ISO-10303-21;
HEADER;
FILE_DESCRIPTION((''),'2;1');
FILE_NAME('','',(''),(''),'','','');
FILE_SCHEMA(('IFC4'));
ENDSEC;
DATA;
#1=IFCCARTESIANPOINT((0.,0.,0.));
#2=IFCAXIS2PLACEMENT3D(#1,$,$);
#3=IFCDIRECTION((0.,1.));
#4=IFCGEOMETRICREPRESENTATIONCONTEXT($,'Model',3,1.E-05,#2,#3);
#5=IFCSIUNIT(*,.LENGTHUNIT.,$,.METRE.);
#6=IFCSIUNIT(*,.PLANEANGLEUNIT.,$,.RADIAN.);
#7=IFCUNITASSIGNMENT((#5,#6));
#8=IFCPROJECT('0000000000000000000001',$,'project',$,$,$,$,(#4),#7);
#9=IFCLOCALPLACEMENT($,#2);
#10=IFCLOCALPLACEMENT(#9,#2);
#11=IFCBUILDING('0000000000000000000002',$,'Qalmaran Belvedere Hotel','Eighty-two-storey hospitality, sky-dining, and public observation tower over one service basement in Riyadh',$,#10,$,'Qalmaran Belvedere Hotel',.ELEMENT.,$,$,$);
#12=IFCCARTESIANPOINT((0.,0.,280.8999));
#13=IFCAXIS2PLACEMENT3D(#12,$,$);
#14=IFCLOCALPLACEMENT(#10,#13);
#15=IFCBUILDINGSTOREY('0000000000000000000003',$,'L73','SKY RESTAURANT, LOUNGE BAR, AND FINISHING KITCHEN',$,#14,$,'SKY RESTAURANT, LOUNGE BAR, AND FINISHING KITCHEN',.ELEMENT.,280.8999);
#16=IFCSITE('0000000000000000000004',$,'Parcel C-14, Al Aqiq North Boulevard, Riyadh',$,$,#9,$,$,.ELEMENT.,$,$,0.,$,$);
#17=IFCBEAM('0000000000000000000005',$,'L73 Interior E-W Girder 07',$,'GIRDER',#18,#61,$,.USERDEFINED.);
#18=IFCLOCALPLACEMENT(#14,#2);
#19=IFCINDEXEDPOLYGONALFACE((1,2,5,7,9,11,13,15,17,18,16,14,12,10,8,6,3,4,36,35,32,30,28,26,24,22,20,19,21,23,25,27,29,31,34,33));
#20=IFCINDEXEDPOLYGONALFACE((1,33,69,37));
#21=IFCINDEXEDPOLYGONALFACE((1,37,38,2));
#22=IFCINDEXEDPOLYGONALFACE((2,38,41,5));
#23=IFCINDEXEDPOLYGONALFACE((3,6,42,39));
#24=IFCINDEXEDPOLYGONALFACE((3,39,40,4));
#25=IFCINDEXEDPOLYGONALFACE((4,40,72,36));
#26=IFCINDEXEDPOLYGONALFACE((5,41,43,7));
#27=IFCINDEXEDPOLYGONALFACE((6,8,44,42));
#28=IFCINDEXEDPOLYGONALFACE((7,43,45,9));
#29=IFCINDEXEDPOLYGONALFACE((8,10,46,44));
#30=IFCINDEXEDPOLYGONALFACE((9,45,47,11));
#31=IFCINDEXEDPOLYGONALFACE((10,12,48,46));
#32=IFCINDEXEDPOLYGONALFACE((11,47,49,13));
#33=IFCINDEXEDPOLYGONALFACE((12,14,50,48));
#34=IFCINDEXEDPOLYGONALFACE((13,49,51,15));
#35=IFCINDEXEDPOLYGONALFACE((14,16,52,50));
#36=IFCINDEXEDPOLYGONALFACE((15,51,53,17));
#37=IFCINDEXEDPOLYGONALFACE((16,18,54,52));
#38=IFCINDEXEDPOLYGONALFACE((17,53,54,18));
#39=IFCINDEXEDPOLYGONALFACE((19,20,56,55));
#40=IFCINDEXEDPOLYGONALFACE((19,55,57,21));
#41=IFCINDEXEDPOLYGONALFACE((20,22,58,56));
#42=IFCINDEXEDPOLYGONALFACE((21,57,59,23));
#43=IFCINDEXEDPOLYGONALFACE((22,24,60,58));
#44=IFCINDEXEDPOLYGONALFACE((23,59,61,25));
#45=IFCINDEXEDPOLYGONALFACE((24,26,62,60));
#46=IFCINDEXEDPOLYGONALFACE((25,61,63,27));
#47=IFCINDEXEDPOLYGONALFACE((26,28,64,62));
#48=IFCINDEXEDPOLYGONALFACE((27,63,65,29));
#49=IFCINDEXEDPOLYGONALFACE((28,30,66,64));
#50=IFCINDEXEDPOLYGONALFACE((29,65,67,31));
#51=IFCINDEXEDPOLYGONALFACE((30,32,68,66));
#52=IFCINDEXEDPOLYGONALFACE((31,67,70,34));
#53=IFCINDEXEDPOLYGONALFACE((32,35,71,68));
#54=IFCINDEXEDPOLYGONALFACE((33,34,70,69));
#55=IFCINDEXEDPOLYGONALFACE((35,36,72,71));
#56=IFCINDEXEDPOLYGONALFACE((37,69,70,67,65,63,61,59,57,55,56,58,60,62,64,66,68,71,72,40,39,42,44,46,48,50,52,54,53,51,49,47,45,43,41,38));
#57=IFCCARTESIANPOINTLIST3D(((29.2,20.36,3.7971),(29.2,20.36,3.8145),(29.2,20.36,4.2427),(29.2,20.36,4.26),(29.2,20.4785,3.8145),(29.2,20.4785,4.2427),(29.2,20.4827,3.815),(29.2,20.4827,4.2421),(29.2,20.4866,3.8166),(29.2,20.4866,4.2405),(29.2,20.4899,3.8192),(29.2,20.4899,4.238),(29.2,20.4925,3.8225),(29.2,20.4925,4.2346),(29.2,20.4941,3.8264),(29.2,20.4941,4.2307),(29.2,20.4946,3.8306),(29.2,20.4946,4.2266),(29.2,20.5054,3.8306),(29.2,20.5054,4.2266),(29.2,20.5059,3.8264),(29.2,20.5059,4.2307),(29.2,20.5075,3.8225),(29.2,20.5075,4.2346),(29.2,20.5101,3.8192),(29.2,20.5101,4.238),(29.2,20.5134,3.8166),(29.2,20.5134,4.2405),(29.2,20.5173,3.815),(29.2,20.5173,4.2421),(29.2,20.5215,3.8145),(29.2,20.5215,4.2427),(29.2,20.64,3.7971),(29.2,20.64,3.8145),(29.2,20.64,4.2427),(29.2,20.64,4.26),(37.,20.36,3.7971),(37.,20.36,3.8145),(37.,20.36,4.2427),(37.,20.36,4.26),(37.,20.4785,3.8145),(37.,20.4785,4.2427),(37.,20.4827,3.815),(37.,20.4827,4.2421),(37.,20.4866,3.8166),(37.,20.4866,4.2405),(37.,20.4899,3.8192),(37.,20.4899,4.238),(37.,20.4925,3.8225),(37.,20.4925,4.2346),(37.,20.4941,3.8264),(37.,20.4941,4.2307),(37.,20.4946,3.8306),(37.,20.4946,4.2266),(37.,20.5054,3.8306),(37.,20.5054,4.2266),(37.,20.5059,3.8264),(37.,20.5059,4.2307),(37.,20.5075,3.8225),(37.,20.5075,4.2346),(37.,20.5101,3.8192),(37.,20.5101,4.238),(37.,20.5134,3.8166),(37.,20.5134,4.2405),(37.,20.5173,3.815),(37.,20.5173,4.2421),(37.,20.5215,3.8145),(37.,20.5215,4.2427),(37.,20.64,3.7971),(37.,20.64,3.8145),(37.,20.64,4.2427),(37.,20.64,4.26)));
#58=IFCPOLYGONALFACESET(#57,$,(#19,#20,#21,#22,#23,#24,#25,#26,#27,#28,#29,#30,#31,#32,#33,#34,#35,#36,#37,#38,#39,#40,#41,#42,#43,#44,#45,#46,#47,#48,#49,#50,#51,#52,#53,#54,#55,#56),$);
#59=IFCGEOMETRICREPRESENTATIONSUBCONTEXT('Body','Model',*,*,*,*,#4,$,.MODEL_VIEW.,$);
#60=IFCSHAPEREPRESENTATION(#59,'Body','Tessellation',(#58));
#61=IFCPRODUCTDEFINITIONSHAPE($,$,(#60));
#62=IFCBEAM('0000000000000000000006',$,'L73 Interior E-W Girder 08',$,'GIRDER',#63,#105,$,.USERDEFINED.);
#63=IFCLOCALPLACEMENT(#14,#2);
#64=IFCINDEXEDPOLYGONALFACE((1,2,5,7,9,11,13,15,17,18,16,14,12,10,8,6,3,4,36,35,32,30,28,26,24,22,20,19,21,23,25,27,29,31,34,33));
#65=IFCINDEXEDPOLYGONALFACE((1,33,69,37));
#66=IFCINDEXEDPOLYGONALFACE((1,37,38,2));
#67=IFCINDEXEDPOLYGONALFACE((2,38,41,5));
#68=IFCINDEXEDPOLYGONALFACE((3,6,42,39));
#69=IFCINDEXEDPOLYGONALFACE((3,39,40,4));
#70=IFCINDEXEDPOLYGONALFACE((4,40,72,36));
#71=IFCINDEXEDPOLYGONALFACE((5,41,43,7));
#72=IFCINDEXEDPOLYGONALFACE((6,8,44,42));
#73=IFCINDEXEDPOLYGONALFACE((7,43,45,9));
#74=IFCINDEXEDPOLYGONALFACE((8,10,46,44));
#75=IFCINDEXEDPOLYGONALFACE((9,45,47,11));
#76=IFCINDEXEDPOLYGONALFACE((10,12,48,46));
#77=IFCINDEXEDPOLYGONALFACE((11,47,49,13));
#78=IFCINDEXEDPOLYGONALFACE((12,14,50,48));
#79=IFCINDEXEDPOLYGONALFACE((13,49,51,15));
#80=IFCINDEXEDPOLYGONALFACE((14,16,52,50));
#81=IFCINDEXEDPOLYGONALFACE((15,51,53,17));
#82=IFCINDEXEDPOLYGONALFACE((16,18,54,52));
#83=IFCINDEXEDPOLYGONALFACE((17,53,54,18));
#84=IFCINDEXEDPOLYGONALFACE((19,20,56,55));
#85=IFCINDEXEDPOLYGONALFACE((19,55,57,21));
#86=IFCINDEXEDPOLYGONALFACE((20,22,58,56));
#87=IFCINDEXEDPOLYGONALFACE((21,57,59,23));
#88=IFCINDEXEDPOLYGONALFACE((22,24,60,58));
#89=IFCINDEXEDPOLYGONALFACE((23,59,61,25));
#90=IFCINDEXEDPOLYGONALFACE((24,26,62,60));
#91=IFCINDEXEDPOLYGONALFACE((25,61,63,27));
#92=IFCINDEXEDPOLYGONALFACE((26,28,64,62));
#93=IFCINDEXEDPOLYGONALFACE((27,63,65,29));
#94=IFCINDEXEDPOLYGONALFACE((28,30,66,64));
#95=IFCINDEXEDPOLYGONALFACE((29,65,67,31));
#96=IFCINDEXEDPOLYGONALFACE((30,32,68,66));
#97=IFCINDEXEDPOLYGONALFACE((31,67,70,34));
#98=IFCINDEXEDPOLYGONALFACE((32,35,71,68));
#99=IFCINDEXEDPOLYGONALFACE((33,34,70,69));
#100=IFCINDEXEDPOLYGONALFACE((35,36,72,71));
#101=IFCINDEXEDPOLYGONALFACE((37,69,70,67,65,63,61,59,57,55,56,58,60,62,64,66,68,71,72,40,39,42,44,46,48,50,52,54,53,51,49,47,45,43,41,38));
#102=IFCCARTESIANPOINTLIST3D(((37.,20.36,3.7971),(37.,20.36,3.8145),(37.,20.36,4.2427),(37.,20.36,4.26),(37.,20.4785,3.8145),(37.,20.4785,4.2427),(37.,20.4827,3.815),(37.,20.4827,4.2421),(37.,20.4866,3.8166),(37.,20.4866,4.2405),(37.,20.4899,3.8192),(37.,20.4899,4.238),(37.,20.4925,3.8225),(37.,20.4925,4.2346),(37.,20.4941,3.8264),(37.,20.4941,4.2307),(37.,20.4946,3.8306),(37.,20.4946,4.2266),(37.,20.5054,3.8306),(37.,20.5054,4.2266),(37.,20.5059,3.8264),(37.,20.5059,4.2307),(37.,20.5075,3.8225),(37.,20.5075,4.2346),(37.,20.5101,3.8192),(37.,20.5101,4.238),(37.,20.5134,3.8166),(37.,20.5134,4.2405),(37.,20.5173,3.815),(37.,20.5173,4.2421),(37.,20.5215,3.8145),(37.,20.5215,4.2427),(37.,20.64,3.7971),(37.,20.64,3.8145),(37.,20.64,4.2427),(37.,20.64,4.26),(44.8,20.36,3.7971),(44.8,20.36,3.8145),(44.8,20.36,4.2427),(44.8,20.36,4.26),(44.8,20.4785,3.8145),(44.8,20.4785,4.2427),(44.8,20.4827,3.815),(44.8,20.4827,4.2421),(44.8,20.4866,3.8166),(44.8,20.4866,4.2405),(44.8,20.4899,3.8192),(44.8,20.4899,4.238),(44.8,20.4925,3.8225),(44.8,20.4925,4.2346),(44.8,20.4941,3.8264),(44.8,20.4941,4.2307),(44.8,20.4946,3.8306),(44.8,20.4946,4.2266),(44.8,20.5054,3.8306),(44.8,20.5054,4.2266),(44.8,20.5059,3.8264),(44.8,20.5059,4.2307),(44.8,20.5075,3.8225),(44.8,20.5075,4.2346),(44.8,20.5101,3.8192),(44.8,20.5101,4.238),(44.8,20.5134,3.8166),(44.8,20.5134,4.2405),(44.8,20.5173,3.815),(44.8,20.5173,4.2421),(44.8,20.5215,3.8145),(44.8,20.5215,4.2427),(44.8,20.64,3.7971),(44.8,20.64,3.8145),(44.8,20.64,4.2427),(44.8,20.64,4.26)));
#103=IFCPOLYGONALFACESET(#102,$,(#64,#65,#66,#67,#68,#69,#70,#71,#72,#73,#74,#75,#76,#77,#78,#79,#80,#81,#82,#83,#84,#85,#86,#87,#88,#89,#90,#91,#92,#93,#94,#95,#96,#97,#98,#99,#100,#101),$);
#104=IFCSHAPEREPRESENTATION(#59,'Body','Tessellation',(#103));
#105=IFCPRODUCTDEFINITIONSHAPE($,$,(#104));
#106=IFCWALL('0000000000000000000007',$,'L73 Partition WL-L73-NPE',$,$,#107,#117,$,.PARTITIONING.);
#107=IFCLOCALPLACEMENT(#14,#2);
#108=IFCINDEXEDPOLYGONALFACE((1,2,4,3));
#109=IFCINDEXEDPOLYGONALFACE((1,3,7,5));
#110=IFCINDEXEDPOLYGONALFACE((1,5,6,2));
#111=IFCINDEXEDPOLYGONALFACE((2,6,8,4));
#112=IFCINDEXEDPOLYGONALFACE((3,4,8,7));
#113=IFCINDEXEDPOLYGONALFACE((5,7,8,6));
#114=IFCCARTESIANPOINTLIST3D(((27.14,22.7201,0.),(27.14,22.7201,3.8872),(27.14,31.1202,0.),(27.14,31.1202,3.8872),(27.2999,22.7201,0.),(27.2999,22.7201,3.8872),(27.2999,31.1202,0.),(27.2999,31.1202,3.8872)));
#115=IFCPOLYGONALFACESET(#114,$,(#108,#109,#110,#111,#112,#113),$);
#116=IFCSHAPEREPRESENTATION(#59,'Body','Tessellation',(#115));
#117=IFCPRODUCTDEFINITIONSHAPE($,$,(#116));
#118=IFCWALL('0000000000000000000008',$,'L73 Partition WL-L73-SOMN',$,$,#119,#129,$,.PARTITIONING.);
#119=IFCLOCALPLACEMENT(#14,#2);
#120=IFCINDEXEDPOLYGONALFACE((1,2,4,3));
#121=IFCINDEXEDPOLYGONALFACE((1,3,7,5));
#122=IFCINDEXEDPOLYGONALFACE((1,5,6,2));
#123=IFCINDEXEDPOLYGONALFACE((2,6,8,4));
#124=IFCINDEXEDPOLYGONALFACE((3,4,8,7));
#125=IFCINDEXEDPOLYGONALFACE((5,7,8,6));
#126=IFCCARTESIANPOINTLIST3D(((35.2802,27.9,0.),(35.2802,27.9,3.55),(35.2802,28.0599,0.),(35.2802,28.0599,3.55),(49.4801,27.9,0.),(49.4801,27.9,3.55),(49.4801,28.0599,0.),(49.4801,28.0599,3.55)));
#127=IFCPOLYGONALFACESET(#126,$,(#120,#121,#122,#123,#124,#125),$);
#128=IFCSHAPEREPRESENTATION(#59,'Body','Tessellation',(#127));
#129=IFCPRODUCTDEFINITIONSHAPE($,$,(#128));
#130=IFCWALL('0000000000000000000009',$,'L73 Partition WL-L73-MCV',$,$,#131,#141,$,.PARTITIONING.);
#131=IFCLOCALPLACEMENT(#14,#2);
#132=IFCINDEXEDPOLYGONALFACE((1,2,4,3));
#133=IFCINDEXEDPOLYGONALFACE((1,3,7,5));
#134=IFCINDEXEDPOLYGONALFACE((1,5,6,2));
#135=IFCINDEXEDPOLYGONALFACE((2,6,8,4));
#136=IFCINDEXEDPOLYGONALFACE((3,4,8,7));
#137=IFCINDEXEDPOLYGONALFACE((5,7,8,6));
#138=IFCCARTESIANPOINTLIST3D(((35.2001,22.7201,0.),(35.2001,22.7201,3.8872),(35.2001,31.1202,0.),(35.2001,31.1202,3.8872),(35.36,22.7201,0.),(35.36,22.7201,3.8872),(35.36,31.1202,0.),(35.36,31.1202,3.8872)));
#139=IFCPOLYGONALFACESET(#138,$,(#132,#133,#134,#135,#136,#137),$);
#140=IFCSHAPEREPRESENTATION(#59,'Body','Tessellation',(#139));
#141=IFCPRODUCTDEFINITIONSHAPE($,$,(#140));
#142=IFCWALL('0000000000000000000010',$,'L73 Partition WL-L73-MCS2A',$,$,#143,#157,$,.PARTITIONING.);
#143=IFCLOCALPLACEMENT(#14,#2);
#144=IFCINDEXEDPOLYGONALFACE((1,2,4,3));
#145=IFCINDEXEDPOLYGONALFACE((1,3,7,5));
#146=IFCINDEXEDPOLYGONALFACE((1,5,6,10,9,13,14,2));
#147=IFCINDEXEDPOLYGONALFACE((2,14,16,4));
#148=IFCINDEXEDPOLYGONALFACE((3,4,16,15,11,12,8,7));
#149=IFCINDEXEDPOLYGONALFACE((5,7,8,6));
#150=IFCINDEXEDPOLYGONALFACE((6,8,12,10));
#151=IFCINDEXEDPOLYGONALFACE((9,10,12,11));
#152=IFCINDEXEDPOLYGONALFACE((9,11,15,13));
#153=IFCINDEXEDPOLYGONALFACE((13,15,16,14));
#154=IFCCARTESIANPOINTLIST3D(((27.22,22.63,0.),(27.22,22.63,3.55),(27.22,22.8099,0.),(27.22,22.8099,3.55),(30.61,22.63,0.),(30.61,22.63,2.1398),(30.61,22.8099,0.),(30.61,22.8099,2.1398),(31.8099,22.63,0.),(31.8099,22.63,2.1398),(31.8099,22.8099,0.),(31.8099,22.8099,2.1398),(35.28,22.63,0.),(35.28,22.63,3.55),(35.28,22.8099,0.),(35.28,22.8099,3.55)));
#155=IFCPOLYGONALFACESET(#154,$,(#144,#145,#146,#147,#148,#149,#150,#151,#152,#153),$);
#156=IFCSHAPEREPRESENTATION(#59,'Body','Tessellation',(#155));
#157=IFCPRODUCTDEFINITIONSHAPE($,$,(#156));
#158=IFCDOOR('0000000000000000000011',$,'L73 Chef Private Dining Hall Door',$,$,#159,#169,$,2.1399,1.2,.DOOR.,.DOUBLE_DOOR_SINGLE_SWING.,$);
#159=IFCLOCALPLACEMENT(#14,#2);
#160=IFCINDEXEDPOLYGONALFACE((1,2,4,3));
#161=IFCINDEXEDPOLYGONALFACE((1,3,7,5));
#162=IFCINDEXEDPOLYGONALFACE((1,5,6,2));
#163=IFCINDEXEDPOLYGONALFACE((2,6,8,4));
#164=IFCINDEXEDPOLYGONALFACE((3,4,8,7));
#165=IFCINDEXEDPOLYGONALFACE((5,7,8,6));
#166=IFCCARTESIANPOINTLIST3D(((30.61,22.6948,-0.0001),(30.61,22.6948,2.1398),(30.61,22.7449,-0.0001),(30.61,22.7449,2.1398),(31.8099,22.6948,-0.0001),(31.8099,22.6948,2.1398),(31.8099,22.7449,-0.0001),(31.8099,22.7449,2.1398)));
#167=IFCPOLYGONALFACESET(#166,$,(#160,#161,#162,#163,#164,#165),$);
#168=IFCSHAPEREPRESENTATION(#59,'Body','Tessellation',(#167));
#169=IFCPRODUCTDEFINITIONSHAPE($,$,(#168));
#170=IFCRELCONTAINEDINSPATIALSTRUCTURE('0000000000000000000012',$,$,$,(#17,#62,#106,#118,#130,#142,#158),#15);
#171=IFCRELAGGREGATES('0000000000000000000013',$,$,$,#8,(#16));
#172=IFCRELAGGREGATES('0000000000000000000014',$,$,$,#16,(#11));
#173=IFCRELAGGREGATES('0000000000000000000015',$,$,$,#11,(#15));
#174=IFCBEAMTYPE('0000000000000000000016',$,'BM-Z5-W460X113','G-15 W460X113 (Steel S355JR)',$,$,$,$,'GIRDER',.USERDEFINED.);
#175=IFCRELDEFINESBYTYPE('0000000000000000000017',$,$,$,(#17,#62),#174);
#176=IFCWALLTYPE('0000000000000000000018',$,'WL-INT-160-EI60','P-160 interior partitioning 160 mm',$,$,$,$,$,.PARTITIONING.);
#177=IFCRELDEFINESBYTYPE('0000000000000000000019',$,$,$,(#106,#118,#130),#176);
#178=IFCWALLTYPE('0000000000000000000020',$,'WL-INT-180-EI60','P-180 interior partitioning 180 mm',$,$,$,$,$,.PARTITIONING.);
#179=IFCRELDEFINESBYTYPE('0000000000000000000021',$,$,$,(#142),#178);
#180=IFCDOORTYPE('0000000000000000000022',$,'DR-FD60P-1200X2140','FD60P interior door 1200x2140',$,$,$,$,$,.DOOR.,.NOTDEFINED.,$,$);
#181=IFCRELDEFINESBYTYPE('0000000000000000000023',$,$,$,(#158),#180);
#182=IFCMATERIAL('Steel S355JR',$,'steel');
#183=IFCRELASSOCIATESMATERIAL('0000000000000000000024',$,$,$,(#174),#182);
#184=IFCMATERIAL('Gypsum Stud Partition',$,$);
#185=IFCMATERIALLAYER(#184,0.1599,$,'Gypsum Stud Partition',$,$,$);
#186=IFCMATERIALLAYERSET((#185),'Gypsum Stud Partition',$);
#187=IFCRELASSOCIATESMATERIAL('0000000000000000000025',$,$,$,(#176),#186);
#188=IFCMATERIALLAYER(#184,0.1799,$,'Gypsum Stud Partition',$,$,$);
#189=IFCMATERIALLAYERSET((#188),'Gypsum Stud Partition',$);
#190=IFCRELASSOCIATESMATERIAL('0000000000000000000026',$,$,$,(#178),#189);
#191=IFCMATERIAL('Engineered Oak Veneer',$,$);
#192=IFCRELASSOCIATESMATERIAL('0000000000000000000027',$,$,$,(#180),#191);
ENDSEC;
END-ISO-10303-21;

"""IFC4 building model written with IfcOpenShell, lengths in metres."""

from ifc_helpers import new_model, si_unit, direction, frame, frame_2d, origin, origin_2d, place, context, subcontext, project, spatial, rectangle, i_section, extrude, material, layer, layer_set, material_profile, profile_set, type_object, element, fill, save


model = new_model("IFC4")

# Units and contexts
model_context = context("Model", 3, precision=1e-05, world=origin(), true_north=direction((0.0, 1.0)))
body_context = subcontext(model_context, "Body", "Model", "MODEL_VIEW")
ifc_project = project(units=[si_unit("LENGTHUNIT", "METRE"), si_unit("PLANEANGLEUNIT", "RADIAN")], contexts=[model_context])

# Site, building, storey
site_placement = place(None, origin())
site = spatial("IfcSite", under=ifc_project, at=site_placement, Name="Parcel C-14, Al Aqiq North Boulevard, Riyadh", CompositionType="ELEMENT", RefElevation=0.0)
building_placement = place(site_placement, origin())
building = spatial("IfcBuilding", under=site, at=building_placement, Name="Qalmaran Belvedere Hotel", Description="Eighty-two-storey hospitality, sky-dining, and public observation tower over one service basement in Riyadh", LongName="Qalmaran Belvedere Hotel", CompositionType="ELEMENT")
storey_placement = place(building_placement, frame((0.0, 0.0, 280.8999)))
storey = spatial("IfcBuildingStorey", under=building, at=storey_placement, Name="L73", Description="SKY RESTAURANT, LOUNGE BAR, AND FINISHING KITCHEN", LongName="SKY RESTAURANT, LOUNGE BAR, AND FINISHING KITCHEN", CompositionType="ELEMENT", Elevation=280.8999)

# Beams
ifc_material_1 = material(Name="Steel S355JR", Category="steel")
ifc_material_profile_1 = material_profile(ifc_material_1, i_section(OverallWidth=0.28, OverallDepth=0.4629, WebThickness=0.0107, FlangeThickness=0.0173, FilletRadius=0.0161, at=origin_2d()), Name="W460X113")
ifc_profile_set_1 = profile_set([ifc_material_profile_1], Name="Steel S355JR")
beam_type_1 = type_object("IfcBeamType", Name="BM-Z5-W460X113", Description="G-15 W460X113 (Steel S355JR)", ElementType="GIRDER", PredefinedType="USERDEFINED", material=ifc_profile_set_1)
for number, where, z_axis, x_axis, name in (
    (1, (29.2, 20.5, 4.0286), (1.0, 0.0, 0.0), (0.0, 1.0, 0.0), "L73 Interior E-W Girder 07"),
    (2, (37.0, 20.5, 4.0286), (1.0, 0.0, 0.0), (0.0, 1.0, 0.0), "L73 Interior E-W Girder 08"),
):
    element("IfcBeam", number, at=place(storey_placement, frame(where, z_axis=z_axis, x_axis=x_axis)), inside=storey, type_object=beam_type_1, Name=name, ObjectType="GIRDER", PredefinedType="USERDEFINED", context=body_context, shape_type="SweptSolid", body=[
        extrude(i_section(OverallWidth=0.28, OverallDepth=0.4629, WebThickness=0.0107, FlangeThickness=0.0173, FilletRadius=0.0161, at=origin_2d()), origin(), (0.0, 0.0, 1.0), 7.8),
    ])

# Walls
ifc_material_2 = material(Name="Gypsum Stud Partition")
ifc_layer_1 = layer(ifc_material_2, 0.1599, Name="Gypsum Stud Partition")
ifc_layer_set_1 = layer_set([ifc_layer_1], Name="Gypsum Stud Partition")
wall_type_1 = type_object("IfcWallType", Name="WL-INT-160-EI60", Description="P-160 interior partitioning 160 mm", PredefinedType="PARTITIONING", material=ifc_layer_set_1)
wall_1_placement = place(storey_placement, frame((27.22, 22.72, 0.0), z_axis=(0.0, 0.0, 1.0), x_axis=(0.0, 1.0, 0.0)))
element("IfcWall", 3, at=wall_1_placement, inside=storey, type_object=wall_type_1, Name="L73 Partition WL-L73-NPE", PredefinedType="PARTITIONING", context=body_context, shape_type="SweptSolid", body=[
    extrude(rectangle(XDim=8.4001, YDim=0.1599, at=frame_2d((4.2002, 0.0))), origin(), (0.0, 0.0, 1.0), 3.8872),
])
wall_2_placement = place(storey_placement, frame((35.28, 27.98, 0.0), z_axis=(0.0, 0.0, 1.0), x_axis=(1.0, 0.0, 0.0)))
element("IfcWall", 4, at=wall_2_placement, inside=storey, type_object=wall_type_1, Name="L73 Partition WL-L73-SOMN", PredefinedType="PARTITIONING", context=body_context, shape_type="SweptSolid", body=[
    extrude(rectangle(XDim=14.2, YDim=0.1599, at=frame_2d((7.1001, 0.0))), origin(), (0.0, 0.0, 1.0), 3.55),
])
wall_3_placement = place(storey_placement, frame((35.28, 22.72, 0.0), z_axis=(0.0, 0.0, 1.0), x_axis=(0.0, 1.0, 0.0)))
element("IfcWall", 5, at=wall_3_placement, inside=storey, type_object=wall_type_1, Name="L73 Partition WL-L73-MCV", PredefinedType="PARTITIONING", context=body_context, shape_type="SweptSolid", body=[
    extrude(rectangle(XDim=8.4001, YDim=0.1599, at=frame_2d((4.2002, 0.0))), origin(), (0.0, 0.0, 1.0), 3.8872),
])

# Wall, opening, door
ifc_layer_2 = layer(ifc_material_2, 0.1799, Name="Gypsum Stud Partition")
ifc_layer_set_2 = layer_set([ifc_layer_2], Name="Gypsum Stud Partition")
wall_type_2 = type_object("IfcWallType", Name="WL-INT-180-EI60", Description="P-180 interior partitioning 180 mm", PredefinedType="PARTITIONING", material=ifc_layer_set_2)
wall_4_placement = place(storey_placement, frame((27.22, 22.72, 0.0), z_axis=(0.0, 0.0, 1.0), x_axis=(1.0, 0.0, 0.0)))
wall_4 = element("IfcWall", 6, at=wall_4_placement, inside=storey, type_object=wall_type_2, Name="L73 Partition WL-L73-MCS2A", PredefinedType="PARTITIONING", context=body_context, shape_type="SweptSolid", body=[
    extrude(rectangle(XDim=8.0601, YDim=0.1799, at=frame_2d((4.03, 0.0))), origin(), (0.0, 0.0, 1.0), 3.55),
])
opening_1_placement = place(wall_4_placement, frame((3.3899, 0.0, 0.0)))
opening_1 = element("IfcOpeningElement", 7, at=opening_1_placement, cuts=wall_4, PredefinedType="OPENING", context=body_context, shape_type="SweptSolid", body=[
    extrude(rectangle(XDim=1.2, YDim=2.1399, at=frame_2d((0.6001, 1.0698))), frame((0.0, 0.1001, 0.0), z_axis=(0.0, -1.0, 0.0), x_axis=(1.0, 0.0, 0.0)), (0.0, 0.0, 1.0), 0.2),
])
ifc_material_3 = material(Name="Engineered Oak Veneer")
door_type_1 = type_object("IfcDoorType", Name="DR-FD60P-1200X2140", Description="FD60P interior door 1200x2140", OperationType="NOTDEFINED", PredefinedType="DOOR", material=ifc_material_3)
door_1_placement = place(opening_1_placement, origin())
door_1 = element("IfcDoor", 8, at=door_1_placement, inside=storey, type_object=door_type_1, Name="L73 Chef Private Dining Hall Door", OperationType="DOUBLE_DOOR_SINGLE_SWING", OverallHeight=2.1399, OverallWidth=1.2, PredefinedType="DOOR", context=body_context, shape_type="SweptSolid", body=[
    extrude(rectangle(XDim=1.2, YDim=2.1399, at=frame_2d((0.6001, 1.0698))), frame((0.0, 0.0249, 0.0), z_axis=(0.0, -1.0, 0.0), x_axis=(1.0, 0.0, 0.0)), (0.0, 0.0, 1.0), 0.05),
])
fill(opening_1, door_1)

save(model, "model.ifc")
